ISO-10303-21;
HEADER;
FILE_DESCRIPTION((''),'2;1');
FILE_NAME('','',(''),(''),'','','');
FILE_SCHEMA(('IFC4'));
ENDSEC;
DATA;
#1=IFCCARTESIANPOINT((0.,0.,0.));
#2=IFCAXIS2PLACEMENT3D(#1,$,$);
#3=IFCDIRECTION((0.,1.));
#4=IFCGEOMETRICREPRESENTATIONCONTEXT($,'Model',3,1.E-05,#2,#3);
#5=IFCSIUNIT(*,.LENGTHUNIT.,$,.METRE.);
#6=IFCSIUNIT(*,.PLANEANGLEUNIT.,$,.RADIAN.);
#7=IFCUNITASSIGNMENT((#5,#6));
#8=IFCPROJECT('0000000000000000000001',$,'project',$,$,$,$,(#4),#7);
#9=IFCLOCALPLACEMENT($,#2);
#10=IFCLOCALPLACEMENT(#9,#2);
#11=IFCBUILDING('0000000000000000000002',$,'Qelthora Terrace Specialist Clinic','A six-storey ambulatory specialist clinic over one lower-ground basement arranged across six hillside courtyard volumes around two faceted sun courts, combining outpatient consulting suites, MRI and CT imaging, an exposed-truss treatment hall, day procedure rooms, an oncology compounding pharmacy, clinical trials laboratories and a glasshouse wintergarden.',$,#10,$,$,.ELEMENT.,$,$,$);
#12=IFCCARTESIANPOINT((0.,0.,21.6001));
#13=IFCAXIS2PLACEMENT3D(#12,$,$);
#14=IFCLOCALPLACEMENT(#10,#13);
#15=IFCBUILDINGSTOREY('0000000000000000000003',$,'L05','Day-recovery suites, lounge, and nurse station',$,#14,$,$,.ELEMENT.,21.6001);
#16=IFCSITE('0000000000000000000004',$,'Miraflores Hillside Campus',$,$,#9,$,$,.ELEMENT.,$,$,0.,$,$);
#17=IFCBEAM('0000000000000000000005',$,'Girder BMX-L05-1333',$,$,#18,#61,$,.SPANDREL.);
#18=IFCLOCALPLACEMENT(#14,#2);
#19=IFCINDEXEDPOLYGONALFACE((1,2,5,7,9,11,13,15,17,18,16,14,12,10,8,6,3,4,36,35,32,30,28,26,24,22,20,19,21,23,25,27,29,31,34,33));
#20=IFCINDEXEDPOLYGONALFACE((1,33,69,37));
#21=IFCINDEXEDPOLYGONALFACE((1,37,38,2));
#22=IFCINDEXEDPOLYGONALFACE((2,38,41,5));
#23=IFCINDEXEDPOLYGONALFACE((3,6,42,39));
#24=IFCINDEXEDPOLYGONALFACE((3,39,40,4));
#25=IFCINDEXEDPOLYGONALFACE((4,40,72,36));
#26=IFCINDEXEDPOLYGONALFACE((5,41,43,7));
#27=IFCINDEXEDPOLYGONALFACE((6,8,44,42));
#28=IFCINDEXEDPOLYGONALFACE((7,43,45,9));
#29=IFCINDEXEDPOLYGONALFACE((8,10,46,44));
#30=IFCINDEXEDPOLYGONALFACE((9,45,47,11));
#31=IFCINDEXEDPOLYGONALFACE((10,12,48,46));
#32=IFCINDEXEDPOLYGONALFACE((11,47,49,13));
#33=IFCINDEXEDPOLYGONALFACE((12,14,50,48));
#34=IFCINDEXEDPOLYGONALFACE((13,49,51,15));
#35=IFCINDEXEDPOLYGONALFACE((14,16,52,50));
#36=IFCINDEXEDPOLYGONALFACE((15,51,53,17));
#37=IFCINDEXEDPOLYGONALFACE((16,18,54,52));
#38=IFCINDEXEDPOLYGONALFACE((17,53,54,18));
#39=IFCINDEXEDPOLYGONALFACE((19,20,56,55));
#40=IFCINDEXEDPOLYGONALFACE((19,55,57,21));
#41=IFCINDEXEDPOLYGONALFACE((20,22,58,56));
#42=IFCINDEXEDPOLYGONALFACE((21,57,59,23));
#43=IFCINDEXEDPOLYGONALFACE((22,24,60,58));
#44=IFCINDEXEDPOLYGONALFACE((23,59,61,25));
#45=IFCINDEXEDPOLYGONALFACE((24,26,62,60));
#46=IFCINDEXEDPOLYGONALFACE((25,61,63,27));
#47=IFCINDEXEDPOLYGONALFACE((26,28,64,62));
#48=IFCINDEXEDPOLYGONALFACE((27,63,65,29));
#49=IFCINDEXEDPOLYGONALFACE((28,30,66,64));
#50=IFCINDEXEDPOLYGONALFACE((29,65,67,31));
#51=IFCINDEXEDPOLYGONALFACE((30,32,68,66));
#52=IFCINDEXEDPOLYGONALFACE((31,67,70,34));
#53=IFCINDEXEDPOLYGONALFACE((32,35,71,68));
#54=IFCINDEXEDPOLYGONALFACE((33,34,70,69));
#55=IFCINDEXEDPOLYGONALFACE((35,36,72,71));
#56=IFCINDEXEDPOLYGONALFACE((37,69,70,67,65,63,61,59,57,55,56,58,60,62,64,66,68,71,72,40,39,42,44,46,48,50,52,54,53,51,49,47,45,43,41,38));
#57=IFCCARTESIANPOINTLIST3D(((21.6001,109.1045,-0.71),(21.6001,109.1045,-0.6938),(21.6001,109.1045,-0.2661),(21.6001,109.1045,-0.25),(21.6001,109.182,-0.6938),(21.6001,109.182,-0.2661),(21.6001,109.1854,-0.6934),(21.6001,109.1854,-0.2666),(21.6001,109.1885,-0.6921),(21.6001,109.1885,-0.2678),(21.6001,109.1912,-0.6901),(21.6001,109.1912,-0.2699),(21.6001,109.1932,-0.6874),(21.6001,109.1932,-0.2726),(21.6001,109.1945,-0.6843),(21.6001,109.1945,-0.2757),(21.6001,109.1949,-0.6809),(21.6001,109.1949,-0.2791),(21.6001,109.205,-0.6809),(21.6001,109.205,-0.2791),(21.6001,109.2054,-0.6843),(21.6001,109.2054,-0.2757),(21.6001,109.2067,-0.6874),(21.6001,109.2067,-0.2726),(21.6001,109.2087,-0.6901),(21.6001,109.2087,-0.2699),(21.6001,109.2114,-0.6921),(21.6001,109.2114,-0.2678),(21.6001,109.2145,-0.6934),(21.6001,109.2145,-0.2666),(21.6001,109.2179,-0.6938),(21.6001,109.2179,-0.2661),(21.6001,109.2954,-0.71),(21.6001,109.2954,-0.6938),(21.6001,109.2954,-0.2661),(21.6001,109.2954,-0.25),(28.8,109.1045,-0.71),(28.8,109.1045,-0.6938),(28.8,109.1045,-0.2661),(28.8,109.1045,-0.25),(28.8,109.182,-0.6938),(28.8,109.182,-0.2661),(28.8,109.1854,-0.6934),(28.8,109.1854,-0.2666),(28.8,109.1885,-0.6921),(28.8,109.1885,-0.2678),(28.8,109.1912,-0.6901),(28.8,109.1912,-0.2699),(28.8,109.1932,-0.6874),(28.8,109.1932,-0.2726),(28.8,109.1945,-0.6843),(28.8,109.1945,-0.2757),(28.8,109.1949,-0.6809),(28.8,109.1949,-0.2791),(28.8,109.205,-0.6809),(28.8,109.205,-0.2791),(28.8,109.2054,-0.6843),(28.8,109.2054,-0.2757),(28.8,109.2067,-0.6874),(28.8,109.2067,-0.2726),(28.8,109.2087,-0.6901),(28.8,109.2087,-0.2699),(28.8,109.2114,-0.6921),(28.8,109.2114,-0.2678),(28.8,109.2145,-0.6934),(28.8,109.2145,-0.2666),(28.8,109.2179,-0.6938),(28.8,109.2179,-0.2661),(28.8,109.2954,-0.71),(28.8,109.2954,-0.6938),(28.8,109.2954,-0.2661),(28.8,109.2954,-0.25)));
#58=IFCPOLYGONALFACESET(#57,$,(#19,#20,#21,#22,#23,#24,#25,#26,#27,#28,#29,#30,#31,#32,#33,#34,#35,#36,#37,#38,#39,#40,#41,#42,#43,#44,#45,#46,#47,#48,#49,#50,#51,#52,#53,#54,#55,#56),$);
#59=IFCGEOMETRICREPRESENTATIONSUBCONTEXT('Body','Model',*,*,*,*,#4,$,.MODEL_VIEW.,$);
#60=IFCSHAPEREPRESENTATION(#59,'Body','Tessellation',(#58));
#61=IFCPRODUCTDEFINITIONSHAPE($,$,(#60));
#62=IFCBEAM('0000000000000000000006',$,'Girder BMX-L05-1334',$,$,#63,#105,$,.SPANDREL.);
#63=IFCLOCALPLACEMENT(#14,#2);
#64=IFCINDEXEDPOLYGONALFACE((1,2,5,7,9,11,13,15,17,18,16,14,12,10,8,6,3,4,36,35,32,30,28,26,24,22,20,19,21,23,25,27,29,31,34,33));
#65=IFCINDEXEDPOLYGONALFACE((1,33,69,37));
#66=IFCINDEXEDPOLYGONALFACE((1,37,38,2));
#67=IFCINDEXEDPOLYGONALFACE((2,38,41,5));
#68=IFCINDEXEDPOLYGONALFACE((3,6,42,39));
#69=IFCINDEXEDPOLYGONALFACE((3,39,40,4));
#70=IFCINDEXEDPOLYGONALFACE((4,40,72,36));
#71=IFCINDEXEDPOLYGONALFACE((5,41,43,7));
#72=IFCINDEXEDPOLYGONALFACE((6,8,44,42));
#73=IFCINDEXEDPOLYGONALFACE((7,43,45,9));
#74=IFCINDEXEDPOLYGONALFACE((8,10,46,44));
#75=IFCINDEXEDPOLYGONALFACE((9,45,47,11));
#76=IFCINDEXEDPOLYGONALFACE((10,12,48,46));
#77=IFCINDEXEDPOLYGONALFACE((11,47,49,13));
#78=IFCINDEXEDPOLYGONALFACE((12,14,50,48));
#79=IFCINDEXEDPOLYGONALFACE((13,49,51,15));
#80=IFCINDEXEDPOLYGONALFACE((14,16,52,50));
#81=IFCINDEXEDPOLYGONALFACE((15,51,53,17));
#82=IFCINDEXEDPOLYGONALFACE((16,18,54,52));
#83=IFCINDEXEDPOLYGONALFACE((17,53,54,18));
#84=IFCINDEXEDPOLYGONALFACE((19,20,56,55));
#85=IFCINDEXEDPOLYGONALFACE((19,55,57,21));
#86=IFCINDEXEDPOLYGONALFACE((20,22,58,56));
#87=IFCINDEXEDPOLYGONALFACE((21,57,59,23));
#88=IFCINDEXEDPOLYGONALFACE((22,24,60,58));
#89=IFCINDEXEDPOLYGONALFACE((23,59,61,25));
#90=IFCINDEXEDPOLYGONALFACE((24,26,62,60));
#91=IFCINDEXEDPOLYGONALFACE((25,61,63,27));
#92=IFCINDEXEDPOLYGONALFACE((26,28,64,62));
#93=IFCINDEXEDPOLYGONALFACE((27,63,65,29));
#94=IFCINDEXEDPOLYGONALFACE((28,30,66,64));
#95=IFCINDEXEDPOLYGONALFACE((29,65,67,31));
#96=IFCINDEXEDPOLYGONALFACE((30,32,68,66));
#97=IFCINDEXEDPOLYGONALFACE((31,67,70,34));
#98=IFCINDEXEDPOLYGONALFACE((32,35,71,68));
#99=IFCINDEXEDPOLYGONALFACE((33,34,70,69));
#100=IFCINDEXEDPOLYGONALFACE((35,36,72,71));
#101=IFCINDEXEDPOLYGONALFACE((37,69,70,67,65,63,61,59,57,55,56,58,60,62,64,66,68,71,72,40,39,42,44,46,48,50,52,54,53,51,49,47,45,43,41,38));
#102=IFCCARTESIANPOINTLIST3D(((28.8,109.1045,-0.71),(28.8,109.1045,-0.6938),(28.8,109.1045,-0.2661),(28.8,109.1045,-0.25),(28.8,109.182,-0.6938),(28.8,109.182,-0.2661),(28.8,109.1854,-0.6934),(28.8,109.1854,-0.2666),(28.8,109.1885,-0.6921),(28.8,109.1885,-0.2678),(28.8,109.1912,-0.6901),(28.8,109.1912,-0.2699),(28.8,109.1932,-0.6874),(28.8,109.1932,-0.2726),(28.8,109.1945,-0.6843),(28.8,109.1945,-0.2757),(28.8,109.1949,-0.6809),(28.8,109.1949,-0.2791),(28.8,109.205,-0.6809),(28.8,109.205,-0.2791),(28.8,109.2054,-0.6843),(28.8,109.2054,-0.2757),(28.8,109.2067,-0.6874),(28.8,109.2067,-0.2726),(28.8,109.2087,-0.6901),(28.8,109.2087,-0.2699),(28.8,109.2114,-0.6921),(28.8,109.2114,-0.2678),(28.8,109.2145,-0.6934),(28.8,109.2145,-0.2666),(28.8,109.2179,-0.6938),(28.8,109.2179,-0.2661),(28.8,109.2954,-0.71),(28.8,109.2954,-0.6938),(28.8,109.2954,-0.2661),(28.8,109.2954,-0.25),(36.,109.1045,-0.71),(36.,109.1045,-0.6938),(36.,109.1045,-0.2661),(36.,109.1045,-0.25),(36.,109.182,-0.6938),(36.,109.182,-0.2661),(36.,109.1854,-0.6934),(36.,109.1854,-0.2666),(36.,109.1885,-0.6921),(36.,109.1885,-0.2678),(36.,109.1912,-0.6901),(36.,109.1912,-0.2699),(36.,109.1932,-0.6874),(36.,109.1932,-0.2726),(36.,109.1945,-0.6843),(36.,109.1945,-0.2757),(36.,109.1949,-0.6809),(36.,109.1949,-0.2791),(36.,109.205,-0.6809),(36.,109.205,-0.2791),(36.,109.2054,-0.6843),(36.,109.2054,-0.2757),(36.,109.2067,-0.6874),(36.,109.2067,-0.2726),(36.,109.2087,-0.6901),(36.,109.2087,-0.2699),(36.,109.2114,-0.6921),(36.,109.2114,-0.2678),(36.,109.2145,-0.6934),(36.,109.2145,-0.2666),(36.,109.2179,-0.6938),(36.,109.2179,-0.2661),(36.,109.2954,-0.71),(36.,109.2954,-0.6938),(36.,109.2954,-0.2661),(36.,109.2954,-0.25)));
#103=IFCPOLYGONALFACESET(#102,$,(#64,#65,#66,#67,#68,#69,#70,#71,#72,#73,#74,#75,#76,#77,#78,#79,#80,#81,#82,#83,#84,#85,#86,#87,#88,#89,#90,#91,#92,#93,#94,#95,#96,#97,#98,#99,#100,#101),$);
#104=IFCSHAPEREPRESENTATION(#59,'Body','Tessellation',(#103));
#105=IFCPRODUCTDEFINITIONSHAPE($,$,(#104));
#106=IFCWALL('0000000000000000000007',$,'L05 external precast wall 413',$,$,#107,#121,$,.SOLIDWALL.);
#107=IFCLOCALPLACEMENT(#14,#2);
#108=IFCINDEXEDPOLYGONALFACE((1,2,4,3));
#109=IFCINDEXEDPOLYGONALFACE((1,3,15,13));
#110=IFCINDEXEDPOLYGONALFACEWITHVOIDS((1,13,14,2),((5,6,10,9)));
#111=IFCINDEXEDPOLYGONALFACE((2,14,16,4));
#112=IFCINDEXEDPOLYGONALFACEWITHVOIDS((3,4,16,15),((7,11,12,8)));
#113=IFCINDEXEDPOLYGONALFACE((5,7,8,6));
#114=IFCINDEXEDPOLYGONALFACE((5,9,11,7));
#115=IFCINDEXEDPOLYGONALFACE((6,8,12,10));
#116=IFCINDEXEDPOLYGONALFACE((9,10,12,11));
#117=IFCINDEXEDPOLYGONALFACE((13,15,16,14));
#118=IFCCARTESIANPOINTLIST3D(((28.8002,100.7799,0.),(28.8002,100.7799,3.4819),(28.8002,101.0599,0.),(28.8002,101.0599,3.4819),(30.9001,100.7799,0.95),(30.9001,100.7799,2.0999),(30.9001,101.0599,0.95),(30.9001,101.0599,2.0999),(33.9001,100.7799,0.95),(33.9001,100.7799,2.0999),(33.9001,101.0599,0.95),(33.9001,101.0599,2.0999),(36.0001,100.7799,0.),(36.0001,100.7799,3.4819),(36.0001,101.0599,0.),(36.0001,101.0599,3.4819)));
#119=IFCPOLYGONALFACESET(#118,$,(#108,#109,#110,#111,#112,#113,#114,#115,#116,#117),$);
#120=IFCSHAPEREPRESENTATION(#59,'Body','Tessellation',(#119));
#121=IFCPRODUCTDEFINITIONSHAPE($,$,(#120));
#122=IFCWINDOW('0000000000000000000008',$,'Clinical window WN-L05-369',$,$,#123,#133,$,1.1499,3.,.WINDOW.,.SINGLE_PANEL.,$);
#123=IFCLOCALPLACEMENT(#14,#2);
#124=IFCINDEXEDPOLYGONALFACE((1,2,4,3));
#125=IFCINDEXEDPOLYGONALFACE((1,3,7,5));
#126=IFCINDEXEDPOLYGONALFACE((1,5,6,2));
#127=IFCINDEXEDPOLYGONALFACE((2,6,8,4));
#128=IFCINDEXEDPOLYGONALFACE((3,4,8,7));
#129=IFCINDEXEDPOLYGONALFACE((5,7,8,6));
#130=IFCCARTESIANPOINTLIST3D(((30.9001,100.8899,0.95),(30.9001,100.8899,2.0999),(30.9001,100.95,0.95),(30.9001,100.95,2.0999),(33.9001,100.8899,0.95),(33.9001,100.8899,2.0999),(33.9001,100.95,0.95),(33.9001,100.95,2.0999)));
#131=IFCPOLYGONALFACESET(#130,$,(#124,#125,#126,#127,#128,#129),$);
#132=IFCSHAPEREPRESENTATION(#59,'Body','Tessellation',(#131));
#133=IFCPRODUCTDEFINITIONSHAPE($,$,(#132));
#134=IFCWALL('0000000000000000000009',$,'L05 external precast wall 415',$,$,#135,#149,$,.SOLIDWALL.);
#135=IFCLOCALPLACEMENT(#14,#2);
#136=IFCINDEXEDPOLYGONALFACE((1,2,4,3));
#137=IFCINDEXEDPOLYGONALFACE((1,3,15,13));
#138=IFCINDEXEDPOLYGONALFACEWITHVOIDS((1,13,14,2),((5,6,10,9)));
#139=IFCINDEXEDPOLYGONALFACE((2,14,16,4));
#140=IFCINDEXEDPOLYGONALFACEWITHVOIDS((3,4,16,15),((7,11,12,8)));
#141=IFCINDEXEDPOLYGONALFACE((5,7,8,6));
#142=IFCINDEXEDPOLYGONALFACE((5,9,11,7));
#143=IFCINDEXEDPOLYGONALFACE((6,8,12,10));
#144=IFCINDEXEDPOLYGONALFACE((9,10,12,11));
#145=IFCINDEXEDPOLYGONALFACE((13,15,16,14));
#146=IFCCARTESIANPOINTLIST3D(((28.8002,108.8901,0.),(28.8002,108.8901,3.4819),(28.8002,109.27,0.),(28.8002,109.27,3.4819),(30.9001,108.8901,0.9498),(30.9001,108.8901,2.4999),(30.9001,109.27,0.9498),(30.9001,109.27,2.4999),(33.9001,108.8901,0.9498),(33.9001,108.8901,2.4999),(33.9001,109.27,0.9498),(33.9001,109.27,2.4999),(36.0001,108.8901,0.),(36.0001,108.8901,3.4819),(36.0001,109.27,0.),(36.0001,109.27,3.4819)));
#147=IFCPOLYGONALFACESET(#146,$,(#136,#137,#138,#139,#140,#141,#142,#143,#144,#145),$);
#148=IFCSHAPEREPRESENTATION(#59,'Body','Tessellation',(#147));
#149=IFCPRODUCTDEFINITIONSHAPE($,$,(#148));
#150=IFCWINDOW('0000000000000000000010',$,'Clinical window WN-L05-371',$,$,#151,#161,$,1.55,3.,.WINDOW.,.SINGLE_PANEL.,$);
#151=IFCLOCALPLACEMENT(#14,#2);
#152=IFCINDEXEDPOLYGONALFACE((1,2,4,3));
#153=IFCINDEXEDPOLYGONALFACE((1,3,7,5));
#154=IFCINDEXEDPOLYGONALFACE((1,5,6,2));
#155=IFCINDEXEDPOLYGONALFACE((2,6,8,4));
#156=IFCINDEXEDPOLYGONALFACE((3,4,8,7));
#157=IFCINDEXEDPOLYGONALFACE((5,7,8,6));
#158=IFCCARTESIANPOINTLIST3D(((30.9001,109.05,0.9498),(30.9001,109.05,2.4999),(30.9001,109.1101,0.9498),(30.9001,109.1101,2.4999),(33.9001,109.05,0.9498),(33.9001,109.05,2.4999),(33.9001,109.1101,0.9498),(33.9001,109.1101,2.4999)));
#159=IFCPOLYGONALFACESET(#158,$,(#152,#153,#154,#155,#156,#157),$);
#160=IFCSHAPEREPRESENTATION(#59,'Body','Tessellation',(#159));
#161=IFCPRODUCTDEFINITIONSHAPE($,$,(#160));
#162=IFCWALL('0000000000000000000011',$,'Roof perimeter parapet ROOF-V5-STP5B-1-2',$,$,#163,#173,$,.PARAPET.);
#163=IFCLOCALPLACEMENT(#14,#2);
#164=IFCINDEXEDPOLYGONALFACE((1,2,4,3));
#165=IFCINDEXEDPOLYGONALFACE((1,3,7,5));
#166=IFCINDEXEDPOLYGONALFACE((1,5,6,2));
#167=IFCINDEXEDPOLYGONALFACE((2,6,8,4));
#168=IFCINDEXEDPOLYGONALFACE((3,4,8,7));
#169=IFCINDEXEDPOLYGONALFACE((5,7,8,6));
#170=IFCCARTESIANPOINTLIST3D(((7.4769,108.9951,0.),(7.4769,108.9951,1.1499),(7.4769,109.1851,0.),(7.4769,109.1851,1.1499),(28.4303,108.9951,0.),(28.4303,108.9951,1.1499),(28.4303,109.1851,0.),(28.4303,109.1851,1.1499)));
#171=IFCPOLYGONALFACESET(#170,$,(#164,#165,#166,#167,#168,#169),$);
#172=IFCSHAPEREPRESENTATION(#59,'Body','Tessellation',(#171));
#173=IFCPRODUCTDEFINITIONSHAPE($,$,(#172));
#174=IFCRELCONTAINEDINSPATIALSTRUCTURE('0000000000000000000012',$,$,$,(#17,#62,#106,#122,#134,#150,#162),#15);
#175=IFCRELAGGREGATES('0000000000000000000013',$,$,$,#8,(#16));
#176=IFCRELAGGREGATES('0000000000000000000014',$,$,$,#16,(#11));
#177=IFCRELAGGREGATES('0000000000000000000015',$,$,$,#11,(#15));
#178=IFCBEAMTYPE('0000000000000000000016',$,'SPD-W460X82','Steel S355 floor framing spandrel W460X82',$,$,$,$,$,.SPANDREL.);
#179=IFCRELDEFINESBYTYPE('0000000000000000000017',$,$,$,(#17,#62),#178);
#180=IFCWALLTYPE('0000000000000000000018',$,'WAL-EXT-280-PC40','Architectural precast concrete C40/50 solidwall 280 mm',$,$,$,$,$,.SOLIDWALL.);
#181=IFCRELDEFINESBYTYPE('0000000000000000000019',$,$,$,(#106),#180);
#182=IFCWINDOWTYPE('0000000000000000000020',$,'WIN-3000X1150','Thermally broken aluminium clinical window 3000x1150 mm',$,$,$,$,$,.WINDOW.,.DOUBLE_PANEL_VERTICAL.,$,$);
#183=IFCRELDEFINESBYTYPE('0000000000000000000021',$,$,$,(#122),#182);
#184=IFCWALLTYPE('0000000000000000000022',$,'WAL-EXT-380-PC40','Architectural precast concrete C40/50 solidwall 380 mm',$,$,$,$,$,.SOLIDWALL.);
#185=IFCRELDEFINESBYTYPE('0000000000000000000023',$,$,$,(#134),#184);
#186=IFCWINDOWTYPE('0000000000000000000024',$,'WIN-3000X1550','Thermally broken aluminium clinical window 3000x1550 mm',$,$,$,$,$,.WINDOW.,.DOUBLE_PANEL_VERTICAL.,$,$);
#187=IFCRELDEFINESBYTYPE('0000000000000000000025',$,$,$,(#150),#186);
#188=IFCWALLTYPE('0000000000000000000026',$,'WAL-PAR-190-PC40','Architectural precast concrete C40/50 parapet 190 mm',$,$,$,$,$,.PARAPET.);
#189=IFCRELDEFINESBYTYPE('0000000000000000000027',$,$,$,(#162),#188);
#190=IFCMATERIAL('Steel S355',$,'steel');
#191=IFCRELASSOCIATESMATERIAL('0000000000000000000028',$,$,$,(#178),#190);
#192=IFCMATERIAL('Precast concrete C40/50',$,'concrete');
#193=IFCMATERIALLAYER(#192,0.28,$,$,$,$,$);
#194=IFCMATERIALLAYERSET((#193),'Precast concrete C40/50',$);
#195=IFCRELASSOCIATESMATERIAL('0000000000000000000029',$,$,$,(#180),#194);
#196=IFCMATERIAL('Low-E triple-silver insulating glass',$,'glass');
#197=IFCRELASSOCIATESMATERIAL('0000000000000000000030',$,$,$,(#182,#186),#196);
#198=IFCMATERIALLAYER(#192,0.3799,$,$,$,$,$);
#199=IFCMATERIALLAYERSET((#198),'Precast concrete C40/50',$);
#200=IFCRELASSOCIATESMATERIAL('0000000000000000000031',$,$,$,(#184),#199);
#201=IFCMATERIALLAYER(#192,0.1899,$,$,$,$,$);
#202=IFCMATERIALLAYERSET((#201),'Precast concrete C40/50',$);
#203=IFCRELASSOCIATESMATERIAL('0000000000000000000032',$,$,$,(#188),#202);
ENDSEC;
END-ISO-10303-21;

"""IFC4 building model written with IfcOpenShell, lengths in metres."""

from ifc_helpers import new_model, si_unit, direction, frame, frame_2d, origin, origin_2d, place, context, subcontext, project, spatial, rectangle, i_section, extrude, material, layer, layer_set, material_profile, profile_set, type_object, element, fill, save


model = new_model("IFC4")

# Units and contexts
model_context = context("Model", 3, precision=1e-05, world=origin(), true_north=direction((0.0, 1.0)))
body_context = subcontext(model_context, "Body", "Model", "MODEL_VIEW")
ifc_project = project(units=[si_unit("LENGTHUNIT", "METRE"), si_unit("PLANEANGLEUNIT", "RADIAN")], contexts=[model_context])

# Site, building, storey
site_placement = place(None, origin())
site = spatial("IfcSite", under=ifc_project, at=site_placement, Name="Miraflores Hillside Campus", CompositionType="ELEMENT", RefElevation=0.0)
building_placement = place(site_placement, origin())
building = spatial("IfcBuilding", under=site, at=building_placement, Name="Qelthora Terrace Specialist Clinic", Description="A six-storey ambulatory specialist clinic over one lower-ground basement arranged across six hillside courtyard volumes around two faceted sun courts, combining outpatient consulting suites, MRI and CT imaging, an exposed-truss treatment hall, day procedure rooms, an oncology compounding pharmacy, clinical trials laboratories and a glasshouse wintergarden.", CompositionType="ELEMENT")
storey_placement = place(building_placement, frame((0.0, 0.0, 21.6001)))
storey = spatial("IfcBuildingStorey", under=building, at=storey_placement, Name="L05", Description="Day-recovery suites, lounge, and nurse station", CompositionType="ELEMENT", Elevation=21.6001)

# Shared definitions
ifc_material_1 = material(Name="Steel S355", Category="steel")

# Beams
ifc_material_profile_1 = material_profile(ifc_material_1, i_section(OverallWidth=0.1909, OverallDepth=0.46, WebThickness=0.01, FlangeThickness=0.0161, FilletRadius=0.0129, at=origin_2d()), Name="W460X82")
ifc_profile_set_1 = profile_set([ifc_material_profile_1], Name="Steel S355")
beam_type_1 = type_object("IfcBeamType", Name="SPD-W460X82", Description="Steel S355 floor framing spandrel W460X82", PredefinedType="SPANDREL", material=ifc_profile_set_1)
for number, where, z_axis, x_axis, name in (
    (1, (21.6001, 109.2, -0.48), (1.0, 0.0, 0.0), (0.0, 1.0, 0.0), "Girder BMX-L05-1333"),
    (2, (28.8, 109.2, -0.48), (1.0, 0.0, 0.0), (0.0, 1.0, 0.0), "Girder BMX-L05-1334"),
):
    element("IfcBeam", number, at=place(storey_placement, frame(where, z_axis=z_axis, x_axis=x_axis)), inside=storey, type_object=beam_type_1, Name=name, PredefinedType="SPANDREL", context=body_context, shape_type="SweptSolid", body=[
        extrude(i_section(OverallWidth=0.1909, OverallDepth=0.46, WebThickness=0.01, FlangeThickness=0.0161, FilletRadius=0.0129, at=origin_2d()), origin(), (0.0, 0.0, 1.0), 7.2),
    ])

# Walls, openings, windows
ifc_material_2 = material(Name="Precast concrete C40/50", Category="concrete")
ifc_layer_1 = layer(ifc_material_2, 0.28)
ifc_layer_set_1 = layer_set([ifc_layer_1], Name="Precast concrete C40/50")
wall_type_1 = type_object("IfcWallType", Name="WAL-EXT-280-PC40", Description="Architectural precast concrete C40/50 solidwall 280 mm", PredefinedType="SOLIDWALL", material=ifc_layer_set_1)
wall_1_placement = place(storey_placement, frame((28.8, 100.9199, 0.0), z_axis=(0.0, 0.0, 1.0), x_axis=(1.0, 0.0, 0.0)))
wall_1 = element("IfcWall", 3, at=wall_1_placement, inside=storey, type_object=wall_type_1, Name="L05 external precast wall 413", PredefinedType="SOLIDWALL", context=body_context, shape_type="SweptSolid", body=[
    extrude(rectangle(XDim=7.2, YDim=0.28, at=frame_2d((3.6001, 0.0))), origin(), (0.0, 0.0, 1.0), 3.4819),
])
opening_1_placement = place(wall_1_placement, frame((2.1001, 0.0, 0.95)))
opening_1 = element("IfcOpeningElement", 4, at=opening_1_placement, cuts=wall_1, PredefinedType="OPENING", context=body_context, shape_type="SweptSolid", body=[
    extrude(rectangle(XDim=3.0, YDim=1.1499, at=frame_2d((1.5, 0.575))), frame((0.0, 0.1499, 0.0), z_axis=(0.0, -1.0, 0.0), x_axis=(1.0, 0.0, 0.0)), (0.0, 0.0, 1.0), 0.3),
])
ifc_material_3 = material(Name="Low-E triple-silver insulating glass", Category="glass")
window_type_1 = type_object("IfcWindowType", Name="WIN-3000X1150", Description="Thermally broken aluminium clinical window 3000x1150 mm", PartitioningType="DOUBLE_PANEL_VERTICAL", PredefinedType="WINDOW", material=ifc_material_3)
window_1_placement = place(opening_1_placement, origin())
window_1 = element("IfcWindow", 5, at=window_1_placement, inside=storey, type_object=window_type_1, Name="Clinical window WN-L05-369", OverallHeight=1.1499, OverallWidth=3.0, PartitioningType="SINGLE_PANEL", PredefinedType="WINDOW", context=body_context, shape_type="SweptSolid", body=[
    extrude(rectangle(XDim=3.0, YDim=1.1499, at=frame_2d((1.5, 0.575))), frame((0.0, 0.03, 0.0), z_axis=(0.0, -1.0, 0.0), x_axis=(1.0, 0.0, 0.0)), (0.0, 0.0, 1.0), 0.0601),
])
fill(opening_1, window_1)
ifc_layer_2 = layer(ifc_material_2, 0.3799)
ifc_layer_set_2 = layer_set([ifc_layer_2], Name="Precast concrete C40/50")
wall_type_2 = type_object("IfcWallType", Name="WAL-EXT-380-PC40", Description="Architectural precast concrete C40/50 solidwall 380 mm", PredefinedType="SOLIDWALL", material=ifc_layer_set_2)
wall_2_placement = place(storey_placement, frame((28.8, 109.0801, 0.0), z_axis=(0.0, 0.0, 1.0), x_axis=(1.0, 0.0, 0.0)))
wall_2 = element("IfcWall", 6, at=wall_2_placement, inside=storey, type_object=wall_type_2, Name="L05 external precast wall 415", PredefinedType="SOLIDWALL", context=body_context, shape_type="SweptSolid", body=[
    extrude(rectangle(XDim=7.2, YDim=0.3799, at=frame_2d((3.6001, 0.0))), origin(), (0.0, 0.0, 1.0), 3.4819),
])
opening_2_placement = place(wall_2_placement, frame((2.1001, 0.0, 0.95)))
opening_2 = element("IfcOpeningElement", 7, at=opening_2_placement, cuts=wall_2, PredefinedType="OPENING", context=body_context, shape_type="SweptSolid", body=[
    extrude(rectangle(XDim=3.0, YDim=1.55, at=frame_2d((1.5, 0.7749))), frame((0.0, 0.2, 0.0), z_axis=(0.0, -1.0, 0.0), x_axis=(1.0, 0.0, 0.0)), (0.0, 0.0, 1.0), 0.3999),
])
window_type_2 = type_object("IfcWindowType", Name="WIN-3000X1550", Description="Thermally broken aluminium clinical window 3000x1550 mm", PartitioningType="DOUBLE_PANEL_VERTICAL", PredefinedType="WINDOW", material=ifc_material_3)
window_2_placement = place(opening_2_placement, origin())
window_2 = element("IfcWindow", 8, at=window_2_placement, inside=storey, type_object=window_type_2, Name="Clinical window WN-L05-371", OverallHeight=1.55, OverallWidth=3.0, PartitioningType="SINGLE_PANEL", PredefinedType="WINDOW", context=body_context, shape_type="SweptSolid", body=[
    extrude(rectangle(XDim=3.0, YDim=1.55, at=frame_2d((1.5, 0.7749))), frame((0.0, 0.03, 0.0), z_axis=(0.0, -1.0, 0.0), x_axis=(1.0, 0.0, 0.0)), (0.0, 0.0, 1.0), 0.0601),
])
fill(opening_2, window_2)

# Wall
ifc_layer_3 = layer(ifc_material_2, 0.1899)
ifc_layer_set_3 = layer_set([ifc_layer_3], Name="Precast concrete C40/50")
wall_type_3 = type_object("IfcWallType", Name="WAL-PAR-190-PC40", Description="Architectural precast concrete C40/50 parapet 190 mm", PredefinedType="PARAPET", material=ifc_layer_set_3)
wall_3_placement = place(storey_placement, frame((7.4771, 109.0901, 0.0), z_axis=(0.0, 0.0, 1.0), x_axis=(1.0, 0.0, 0.0)))
element("IfcWall", 9, at=wall_3_placement, inside=storey, type_object=wall_type_3, Name="Roof perimeter parapet ROOF-V5-STP5B-1-2", PredefinedType="PARAPET", context=body_context, shape_type="SweptSolid", body=[
    extrude(rectangle(XDim=20.9534, YDim=0.1899, at=frame_2d((10.4766, 0.0))), origin(), (0.0, 0.0, 1.0), 1.1499),
])

save(model, "model.ifc")
